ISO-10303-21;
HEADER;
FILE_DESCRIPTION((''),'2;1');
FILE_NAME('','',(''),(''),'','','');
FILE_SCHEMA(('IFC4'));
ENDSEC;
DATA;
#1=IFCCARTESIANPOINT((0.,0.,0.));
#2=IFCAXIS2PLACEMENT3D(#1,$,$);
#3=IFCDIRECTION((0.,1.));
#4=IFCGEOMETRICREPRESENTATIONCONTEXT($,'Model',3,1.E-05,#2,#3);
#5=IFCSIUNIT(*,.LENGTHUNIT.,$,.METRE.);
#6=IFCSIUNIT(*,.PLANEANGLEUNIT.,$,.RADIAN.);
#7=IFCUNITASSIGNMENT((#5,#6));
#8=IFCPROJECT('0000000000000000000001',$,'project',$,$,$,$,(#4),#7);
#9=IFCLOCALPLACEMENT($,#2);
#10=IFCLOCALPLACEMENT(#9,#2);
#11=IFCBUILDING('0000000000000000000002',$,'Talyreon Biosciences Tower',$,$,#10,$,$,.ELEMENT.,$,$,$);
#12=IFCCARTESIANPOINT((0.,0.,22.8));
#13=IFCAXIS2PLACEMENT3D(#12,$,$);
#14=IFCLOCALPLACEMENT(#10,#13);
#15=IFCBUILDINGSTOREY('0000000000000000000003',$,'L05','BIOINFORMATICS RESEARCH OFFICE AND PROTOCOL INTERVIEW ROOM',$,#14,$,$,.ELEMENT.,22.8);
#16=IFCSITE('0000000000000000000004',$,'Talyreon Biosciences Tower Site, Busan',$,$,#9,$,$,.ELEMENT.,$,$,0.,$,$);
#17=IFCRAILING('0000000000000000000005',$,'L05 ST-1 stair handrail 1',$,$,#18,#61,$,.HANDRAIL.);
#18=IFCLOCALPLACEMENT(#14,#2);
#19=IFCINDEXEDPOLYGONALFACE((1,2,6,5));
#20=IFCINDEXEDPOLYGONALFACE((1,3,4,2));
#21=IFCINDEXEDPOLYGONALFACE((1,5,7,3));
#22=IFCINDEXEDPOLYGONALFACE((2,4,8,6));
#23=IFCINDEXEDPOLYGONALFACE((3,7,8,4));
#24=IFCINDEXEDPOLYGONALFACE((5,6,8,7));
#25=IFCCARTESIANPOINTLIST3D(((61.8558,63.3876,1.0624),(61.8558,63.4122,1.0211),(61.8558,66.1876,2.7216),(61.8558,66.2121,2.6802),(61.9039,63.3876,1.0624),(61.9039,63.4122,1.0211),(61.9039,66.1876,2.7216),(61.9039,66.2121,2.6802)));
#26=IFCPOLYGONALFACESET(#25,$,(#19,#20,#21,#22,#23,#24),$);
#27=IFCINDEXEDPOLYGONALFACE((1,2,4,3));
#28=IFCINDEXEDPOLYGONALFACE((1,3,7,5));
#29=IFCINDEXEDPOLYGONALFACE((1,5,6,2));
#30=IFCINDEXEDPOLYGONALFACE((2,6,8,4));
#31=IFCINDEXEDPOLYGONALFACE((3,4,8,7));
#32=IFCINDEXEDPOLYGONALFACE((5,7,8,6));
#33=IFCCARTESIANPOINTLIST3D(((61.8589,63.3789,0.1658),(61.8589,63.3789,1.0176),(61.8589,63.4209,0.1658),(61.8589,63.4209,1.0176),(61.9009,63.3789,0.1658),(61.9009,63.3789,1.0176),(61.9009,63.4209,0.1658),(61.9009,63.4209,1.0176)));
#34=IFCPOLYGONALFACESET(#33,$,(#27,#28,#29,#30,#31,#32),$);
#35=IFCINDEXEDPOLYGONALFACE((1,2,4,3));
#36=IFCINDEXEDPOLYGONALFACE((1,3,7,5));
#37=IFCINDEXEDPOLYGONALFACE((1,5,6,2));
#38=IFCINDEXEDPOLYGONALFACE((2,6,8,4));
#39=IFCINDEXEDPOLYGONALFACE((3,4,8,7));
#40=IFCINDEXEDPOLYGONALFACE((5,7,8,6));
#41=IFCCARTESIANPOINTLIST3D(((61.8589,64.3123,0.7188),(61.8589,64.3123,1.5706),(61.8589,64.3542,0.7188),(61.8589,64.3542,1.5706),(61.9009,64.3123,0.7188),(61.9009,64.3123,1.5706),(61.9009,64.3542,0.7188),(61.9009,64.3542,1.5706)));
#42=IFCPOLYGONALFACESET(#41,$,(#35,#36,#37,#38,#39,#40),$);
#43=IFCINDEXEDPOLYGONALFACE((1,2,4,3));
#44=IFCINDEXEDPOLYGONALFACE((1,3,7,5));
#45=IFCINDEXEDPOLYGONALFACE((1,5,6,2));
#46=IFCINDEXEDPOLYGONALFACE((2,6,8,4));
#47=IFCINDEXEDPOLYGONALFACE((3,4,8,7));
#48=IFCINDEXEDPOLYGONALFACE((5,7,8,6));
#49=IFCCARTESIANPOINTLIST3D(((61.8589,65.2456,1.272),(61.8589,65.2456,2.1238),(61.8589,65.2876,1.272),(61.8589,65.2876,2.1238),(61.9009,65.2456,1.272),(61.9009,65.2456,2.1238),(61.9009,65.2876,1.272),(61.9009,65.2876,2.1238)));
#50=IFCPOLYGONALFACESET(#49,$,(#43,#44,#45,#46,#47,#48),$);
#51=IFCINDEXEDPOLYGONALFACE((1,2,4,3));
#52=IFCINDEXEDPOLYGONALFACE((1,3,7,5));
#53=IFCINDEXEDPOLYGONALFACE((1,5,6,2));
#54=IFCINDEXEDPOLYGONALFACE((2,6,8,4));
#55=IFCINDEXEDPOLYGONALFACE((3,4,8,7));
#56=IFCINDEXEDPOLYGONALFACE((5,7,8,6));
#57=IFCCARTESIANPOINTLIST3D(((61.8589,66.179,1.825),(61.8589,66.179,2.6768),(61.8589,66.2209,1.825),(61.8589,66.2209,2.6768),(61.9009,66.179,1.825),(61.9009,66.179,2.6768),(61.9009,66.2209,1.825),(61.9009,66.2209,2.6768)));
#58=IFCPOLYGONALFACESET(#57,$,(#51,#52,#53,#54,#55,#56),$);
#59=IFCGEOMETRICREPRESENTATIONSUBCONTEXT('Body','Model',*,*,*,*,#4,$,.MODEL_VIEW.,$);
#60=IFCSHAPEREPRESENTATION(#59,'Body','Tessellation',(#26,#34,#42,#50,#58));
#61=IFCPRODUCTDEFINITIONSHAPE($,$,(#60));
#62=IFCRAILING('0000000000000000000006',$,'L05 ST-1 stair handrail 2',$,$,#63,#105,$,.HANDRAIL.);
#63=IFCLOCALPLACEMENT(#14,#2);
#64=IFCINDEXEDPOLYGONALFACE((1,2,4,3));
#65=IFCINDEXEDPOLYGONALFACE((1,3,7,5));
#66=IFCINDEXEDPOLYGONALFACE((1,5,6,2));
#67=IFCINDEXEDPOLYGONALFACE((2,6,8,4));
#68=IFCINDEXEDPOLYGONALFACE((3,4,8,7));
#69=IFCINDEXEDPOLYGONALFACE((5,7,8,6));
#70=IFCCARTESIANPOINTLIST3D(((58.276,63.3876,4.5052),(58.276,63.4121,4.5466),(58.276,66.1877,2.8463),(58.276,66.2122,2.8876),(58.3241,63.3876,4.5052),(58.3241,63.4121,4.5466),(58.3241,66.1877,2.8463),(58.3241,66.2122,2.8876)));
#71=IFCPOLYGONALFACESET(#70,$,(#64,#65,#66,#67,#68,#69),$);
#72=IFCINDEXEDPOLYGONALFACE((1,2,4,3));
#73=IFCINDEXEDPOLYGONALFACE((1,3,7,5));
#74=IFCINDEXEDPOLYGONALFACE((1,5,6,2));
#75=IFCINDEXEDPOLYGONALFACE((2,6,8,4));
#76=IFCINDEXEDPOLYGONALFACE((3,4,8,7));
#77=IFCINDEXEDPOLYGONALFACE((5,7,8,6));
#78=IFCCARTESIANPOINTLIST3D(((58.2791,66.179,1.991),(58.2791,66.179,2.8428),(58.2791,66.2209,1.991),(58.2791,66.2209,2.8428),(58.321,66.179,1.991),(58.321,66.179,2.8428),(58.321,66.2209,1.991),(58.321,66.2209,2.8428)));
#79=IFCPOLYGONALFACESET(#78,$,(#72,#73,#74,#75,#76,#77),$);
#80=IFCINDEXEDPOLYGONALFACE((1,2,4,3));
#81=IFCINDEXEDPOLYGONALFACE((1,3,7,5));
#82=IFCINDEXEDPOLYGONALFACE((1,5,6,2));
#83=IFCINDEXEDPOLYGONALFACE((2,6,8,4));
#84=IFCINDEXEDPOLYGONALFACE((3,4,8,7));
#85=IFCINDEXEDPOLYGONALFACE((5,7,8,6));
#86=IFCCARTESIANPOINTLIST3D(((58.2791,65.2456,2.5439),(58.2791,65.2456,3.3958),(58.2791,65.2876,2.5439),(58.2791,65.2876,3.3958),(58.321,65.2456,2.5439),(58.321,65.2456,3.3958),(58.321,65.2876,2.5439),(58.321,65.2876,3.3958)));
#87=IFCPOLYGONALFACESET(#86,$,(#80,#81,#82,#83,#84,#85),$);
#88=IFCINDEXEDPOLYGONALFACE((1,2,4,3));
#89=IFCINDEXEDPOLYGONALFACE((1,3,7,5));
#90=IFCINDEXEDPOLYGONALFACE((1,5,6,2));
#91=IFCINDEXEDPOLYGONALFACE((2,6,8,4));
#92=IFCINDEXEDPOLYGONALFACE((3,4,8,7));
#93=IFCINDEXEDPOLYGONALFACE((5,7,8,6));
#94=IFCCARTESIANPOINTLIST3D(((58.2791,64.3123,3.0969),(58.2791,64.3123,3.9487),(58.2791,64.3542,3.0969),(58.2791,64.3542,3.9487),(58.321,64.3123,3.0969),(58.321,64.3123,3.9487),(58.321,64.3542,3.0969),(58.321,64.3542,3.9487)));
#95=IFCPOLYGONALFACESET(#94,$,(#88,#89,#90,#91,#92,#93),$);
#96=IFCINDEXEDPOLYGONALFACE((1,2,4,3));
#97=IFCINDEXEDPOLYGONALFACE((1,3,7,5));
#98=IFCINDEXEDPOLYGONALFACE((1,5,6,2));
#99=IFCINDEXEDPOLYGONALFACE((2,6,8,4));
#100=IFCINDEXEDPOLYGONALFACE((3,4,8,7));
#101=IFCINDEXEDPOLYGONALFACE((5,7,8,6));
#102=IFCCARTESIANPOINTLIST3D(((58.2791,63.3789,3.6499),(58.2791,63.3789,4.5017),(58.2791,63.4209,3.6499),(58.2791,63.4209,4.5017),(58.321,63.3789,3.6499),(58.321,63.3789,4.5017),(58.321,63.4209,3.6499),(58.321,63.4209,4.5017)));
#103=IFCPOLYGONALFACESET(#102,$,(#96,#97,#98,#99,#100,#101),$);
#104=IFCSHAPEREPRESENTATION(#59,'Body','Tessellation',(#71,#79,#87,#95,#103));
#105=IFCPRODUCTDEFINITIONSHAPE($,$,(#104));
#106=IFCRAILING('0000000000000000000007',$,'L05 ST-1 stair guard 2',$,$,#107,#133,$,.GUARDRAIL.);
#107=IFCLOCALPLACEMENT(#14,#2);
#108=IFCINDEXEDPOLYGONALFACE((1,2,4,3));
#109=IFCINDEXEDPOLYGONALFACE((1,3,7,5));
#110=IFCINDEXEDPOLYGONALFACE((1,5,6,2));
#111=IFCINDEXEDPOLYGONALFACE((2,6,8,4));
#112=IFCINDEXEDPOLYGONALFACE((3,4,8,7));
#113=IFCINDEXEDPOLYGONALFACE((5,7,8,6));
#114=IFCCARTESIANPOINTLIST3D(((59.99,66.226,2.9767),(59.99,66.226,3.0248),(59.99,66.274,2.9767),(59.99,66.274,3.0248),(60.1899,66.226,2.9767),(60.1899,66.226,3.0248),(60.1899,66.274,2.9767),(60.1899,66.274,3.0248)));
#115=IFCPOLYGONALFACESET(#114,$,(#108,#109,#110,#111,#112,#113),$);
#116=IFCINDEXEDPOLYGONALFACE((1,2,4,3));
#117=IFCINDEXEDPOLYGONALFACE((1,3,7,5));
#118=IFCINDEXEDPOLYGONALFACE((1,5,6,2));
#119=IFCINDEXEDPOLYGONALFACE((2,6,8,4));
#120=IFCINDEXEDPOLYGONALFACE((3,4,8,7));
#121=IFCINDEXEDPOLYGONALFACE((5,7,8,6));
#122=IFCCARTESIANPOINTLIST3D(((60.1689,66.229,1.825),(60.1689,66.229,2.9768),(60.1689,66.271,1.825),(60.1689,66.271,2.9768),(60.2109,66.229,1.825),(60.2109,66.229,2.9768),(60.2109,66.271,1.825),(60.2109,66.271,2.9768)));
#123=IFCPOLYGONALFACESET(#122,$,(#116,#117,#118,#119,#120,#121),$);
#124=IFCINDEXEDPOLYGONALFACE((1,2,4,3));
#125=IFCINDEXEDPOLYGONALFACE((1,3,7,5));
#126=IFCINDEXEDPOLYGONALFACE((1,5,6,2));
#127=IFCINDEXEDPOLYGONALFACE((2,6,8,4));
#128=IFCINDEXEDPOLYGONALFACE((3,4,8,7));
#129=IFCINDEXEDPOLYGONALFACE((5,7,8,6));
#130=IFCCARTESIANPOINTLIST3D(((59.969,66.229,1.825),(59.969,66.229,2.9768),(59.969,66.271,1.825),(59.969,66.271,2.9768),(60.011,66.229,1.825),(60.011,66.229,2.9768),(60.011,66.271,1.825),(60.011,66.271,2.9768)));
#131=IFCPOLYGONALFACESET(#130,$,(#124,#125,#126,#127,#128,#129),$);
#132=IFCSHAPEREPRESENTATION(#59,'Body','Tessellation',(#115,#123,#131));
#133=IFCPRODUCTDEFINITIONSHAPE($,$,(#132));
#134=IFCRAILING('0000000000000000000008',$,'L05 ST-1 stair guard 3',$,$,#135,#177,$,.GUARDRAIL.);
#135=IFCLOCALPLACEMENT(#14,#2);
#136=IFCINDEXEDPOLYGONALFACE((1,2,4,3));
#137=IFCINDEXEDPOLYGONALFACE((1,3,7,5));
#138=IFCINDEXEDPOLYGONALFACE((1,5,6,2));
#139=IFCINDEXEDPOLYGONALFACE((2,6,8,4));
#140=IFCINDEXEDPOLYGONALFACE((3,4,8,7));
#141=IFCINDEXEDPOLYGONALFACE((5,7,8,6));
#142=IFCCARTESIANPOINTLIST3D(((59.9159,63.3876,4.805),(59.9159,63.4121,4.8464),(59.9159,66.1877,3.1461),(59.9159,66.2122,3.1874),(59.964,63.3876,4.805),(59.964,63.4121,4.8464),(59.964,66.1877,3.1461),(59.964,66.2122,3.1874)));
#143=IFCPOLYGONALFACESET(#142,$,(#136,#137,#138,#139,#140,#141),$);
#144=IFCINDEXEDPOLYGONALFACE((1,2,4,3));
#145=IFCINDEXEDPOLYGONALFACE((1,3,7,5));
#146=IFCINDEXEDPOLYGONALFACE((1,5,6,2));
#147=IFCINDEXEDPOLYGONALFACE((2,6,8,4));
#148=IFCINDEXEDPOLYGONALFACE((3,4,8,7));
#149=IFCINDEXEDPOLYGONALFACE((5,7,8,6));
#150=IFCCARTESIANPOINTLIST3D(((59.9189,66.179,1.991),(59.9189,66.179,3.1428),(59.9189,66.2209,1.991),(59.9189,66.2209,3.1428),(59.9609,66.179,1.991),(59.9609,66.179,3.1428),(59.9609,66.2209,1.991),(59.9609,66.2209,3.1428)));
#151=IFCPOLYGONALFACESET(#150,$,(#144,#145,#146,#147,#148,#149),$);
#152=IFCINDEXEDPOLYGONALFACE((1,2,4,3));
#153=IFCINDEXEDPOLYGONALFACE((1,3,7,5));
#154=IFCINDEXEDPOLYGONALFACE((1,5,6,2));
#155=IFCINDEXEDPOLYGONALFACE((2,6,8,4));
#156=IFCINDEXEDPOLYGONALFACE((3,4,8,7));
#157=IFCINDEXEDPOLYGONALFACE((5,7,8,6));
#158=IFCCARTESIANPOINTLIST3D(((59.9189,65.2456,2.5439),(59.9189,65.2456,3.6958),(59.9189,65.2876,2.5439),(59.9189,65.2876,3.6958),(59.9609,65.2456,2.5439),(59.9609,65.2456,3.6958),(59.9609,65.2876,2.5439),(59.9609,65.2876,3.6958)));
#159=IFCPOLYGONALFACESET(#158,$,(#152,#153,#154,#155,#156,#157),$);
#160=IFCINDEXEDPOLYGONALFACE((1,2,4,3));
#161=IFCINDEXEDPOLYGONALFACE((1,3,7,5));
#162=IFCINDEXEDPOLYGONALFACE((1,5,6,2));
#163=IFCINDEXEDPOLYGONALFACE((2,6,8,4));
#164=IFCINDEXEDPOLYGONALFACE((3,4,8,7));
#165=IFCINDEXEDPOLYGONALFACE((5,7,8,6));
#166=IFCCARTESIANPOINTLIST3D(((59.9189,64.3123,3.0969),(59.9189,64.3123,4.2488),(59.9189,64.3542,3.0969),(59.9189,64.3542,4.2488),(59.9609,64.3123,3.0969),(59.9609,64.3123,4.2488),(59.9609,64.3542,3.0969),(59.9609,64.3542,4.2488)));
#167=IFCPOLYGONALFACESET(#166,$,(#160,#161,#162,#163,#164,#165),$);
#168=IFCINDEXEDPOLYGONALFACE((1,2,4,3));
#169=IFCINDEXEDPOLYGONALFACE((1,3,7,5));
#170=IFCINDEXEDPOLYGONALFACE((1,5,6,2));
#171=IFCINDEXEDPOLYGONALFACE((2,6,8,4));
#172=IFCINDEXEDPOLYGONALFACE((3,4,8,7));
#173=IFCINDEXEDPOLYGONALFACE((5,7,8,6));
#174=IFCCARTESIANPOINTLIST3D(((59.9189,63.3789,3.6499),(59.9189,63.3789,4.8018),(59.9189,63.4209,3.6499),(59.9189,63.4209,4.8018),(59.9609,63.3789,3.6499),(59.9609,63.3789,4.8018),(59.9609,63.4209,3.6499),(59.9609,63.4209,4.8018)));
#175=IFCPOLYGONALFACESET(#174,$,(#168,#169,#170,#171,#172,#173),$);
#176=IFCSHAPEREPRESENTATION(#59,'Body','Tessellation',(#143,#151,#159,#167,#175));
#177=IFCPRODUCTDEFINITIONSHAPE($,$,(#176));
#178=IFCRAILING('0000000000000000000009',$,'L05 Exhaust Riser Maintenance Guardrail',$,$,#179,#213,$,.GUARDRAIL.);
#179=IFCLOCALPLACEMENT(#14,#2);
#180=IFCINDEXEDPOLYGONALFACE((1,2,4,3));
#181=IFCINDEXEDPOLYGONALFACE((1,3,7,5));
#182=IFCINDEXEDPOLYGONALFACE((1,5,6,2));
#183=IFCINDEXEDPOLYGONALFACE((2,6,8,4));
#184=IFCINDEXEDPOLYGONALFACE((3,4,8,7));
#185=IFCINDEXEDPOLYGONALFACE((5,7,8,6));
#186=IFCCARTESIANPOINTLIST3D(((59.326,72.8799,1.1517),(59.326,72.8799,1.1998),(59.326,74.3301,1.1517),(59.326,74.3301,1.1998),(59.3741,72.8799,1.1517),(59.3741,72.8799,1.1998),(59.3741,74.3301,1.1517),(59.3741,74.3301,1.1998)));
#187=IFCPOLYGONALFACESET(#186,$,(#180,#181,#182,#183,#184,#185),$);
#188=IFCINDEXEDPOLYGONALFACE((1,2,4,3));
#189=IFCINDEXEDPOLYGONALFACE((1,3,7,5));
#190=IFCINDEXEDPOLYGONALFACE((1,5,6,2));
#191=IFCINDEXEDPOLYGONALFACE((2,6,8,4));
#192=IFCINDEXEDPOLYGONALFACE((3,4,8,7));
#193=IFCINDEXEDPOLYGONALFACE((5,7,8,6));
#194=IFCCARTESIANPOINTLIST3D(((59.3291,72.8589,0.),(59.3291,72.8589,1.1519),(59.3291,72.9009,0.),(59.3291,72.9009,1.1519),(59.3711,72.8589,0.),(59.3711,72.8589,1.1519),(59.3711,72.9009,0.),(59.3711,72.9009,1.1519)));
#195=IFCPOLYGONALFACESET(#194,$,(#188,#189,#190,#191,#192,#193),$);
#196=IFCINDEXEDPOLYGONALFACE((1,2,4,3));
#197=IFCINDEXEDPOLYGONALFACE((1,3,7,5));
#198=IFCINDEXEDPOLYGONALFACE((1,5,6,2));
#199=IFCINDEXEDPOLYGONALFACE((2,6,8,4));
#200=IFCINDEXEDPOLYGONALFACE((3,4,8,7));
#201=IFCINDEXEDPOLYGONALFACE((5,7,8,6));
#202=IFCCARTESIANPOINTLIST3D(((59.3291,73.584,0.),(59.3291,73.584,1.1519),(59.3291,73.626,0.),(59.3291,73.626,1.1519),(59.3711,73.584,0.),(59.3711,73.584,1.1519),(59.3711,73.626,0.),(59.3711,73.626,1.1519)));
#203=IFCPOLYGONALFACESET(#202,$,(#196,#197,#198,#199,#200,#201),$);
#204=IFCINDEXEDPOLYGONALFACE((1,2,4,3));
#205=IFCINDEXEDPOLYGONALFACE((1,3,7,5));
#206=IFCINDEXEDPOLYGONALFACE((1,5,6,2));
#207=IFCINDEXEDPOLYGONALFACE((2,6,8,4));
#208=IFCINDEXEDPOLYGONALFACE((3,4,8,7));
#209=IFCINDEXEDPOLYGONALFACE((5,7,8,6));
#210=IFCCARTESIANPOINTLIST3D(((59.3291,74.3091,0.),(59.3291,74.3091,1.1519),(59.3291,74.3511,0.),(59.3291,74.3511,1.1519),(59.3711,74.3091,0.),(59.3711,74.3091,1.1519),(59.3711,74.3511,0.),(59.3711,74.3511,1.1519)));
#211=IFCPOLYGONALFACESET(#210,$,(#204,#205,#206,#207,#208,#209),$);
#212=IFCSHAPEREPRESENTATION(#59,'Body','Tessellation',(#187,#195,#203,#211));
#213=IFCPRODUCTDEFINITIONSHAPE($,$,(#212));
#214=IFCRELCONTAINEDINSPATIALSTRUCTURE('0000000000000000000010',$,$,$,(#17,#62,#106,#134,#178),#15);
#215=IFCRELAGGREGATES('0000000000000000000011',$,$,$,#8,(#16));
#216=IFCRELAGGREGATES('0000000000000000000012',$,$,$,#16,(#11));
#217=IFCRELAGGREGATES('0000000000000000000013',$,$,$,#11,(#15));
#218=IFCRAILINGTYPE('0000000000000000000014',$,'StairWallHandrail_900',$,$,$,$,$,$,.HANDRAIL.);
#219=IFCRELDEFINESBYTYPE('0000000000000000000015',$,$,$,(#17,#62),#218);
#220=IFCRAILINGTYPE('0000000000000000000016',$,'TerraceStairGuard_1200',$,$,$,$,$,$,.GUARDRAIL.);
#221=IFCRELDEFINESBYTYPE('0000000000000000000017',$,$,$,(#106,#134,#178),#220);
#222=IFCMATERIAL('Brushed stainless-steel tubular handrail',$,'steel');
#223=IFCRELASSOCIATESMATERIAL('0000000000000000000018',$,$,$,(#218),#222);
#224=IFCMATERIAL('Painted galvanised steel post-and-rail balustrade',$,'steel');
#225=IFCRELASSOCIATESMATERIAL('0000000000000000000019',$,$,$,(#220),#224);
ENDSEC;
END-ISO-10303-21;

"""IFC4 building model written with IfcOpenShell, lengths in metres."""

from ifc_helpers import new_model, si_unit, direction, frame, origin, origin_2d, place, context, subcontext, project, spatial, rectangle, extrude, material, type_object, element, save


model = new_model("IFC4")

# Units and contexts
model_context = context("Model", 3, precision=1e-05, world=origin(), true_north=direction((0.0, 1.0)))
body_context = subcontext(model_context, "Body", "Model", "MODEL_VIEW")
ifc_project = project(units=[si_unit("LENGTHUNIT", "METRE"), si_unit("PLANEANGLEUNIT", "RADIAN")], contexts=[model_context])

# Site, building, storey
site_placement = place(None, origin())
site = spatial("IfcSite", under=ifc_project, at=site_placement, Name="Talyreon Biosciences Tower Site, Busan", CompositionType="ELEMENT", RefElevation=0.0)
building_placement = place(site_placement, origin())
building = spatial("IfcBuilding", under=site, at=building_placement, Name="Talyreon Biosciences Tower", CompositionType="ELEMENT")
storey_placement = place(building_placement, frame((0.0, 0.0, 22.8)))
storey = spatial("IfcBuildingStorey", under=building, at=storey_placement, Name="L05", Description="BIOINFORMATICS RESEARCH OFFICE AND PROTOCOL INTERVIEW ROOM", CompositionType="ELEMENT", Elevation=22.8)

# Railings
ifc_material_1 = material(Name="Brushed stainless-steel tubular handrail", Category="steel")
railing_type_1 = type_object("IfcRailingType", Name="StairWallHandrail_900", PredefinedType="HANDRAIL", material=ifc_material_1)
railing_1_placement = place(storey_placement, frame((61.8799, 63.3999, 0.1658)))
element("IfcRailing", 1, at=railing_1_placement, inside=storey, type_object=railing_type_1, Name="L05 ST-1 stair handrail 1", PredefinedType="HANDRAIL", context=body_context, shape_type="SweptSolid", body=[
    extrude(rectangle(XDim=0.0481, YDim=0.0481, at=origin_2d()), frame((0.0, 0.0, 0.876), z_axis=(0.0, 0.860306, 0.509778), x_axis=(-1.0, 0.0, 0.0)), (0.0, 0.0, 1.0), 3.2546),
    extrude(rectangle(XDim=0.042, YDim=0.042, at=origin_2d()), origin(), (0.0, 0.0, 1.0), 0.8518),
    extrude(rectangle(XDim=0.042, YDim=0.042, at=origin_2d()), frame((0.0, 0.9333, 0.553)), (0.0, 0.0, 1.0), 0.8518),
    extrude(rectangle(XDim=0.042, YDim=0.042, at=origin_2d()), frame((0.0, 1.8667, 1.1062)), (0.0, 0.0, 1.0), 0.8518),
    extrude(rectangle(XDim=0.042, YDim=0.042, at=origin_2d()), frame((0.0, 2.8, 1.6592)), (0.0, 0.0, 1.0), 0.8518),
])
railing_2_placement = place(storey_placement, frame((58.3, 66.2, 1.991)))
element("IfcRailing", 2, at=railing_2_placement, inside=storey, type_object=railing_type_1, Name="L05 ST-1 stair handrail 2", PredefinedType="HANDRAIL", context=body_context, shape_type="SweptSolid", body=[
    extrude(rectangle(XDim=0.0481, YDim=0.0481, at=origin_2d()), frame((0.0, 0.0, 0.876), z_axis=(0.0, -0.860339, 0.509722), x_axis=(1.0, 0.0, 0.0)), (0.0, 0.0, 1.0), 3.2546),
    extrude(rectangle(XDim=0.042, YDim=0.042, at=origin_2d()), origin(), (0.0, 0.0, 1.0), 0.8518),
    extrude(rectangle(XDim=0.042, YDim=0.042, at=origin_2d()), frame((0.0, -0.9333, 0.553)), (0.0, 0.0, 1.0), 0.8518),
    extrude(rectangle(XDim=0.042, YDim=0.042, at=origin_2d()), frame((0.0, -1.8667, 1.106)), (0.0, 0.0, 1.0), 0.8518),
    extrude(rectangle(XDim=0.042, YDim=0.042, at=origin_2d()), frame((0.0, -2.8, 1.6589)), (0.0, 0.0, 1.0), 0.8518),
])
ifc_material_2 = material(Name="Painted galvanised steel post-and-rail balustrade", Category="steel")
railing_type_2 = type_object("IfcRailingType", Name="TerraceStairGuard_1200", PredefinedType="GUARDRAIL", material=ifc_material_2)
railing_3_placement = place(storey_placement, frame((60.1899, 66.25, 1.825)))
element("IfcRailing", 3, at=railing_3_placement, inside=storey, type_object=railing_type_2, Name="L05 ST-1 stair guard 2", PredefinedType="GUARDRAIL", context=body_context, shape_type="SweptSolid", body=[
    extrude(rectangle(XDim=0.0481, YDim=0.0481, at=origin_2d()), frame((0.0, 0.0, 1.1758), z_axis=(-1.0, 0.0, 0.0), x_axis=(0.0, -1.0, 0.0)), (0.0, 0.0, 1.0), 0.2),
    extrude(rectangle(XDim=0.042, YDim=0.042, at=origin_2d()), origin(), (0.0, 0.0, 1.0), 1.1519),
    extrude(rectangle(XDim=0.042, YDim=0.042, at=origin_2d()), frame((-0.2, 0.0, 0.0)), (0.0, 0.0, 1.0), 1.1519),
])
railing_4_placement = place(storey_placement, frame((59.9399, 66.2, 1.991)))
element("IfcRailing", 4, at=railing_4_placement, inside=storey, type_object=railing_type_2, Name="L05 ST-1 stair guard 3", PredefinedType="GUARDRAIL", context=body_context, shape_type="SweptSolid", body=[
    extrude(rectangle(XDim=0.0481, YDim=0.0481, at=origin_2d()), frame((0.0, 0.0, 1.1758), z_axis=(0.0, -0.860339, 0.509722), x_axis=(1.0, 0.0, 0.0)), (0.0, 0.0, 1.0), 3.2546),
    extrude(rectangle(XDim=0.042, YDim=0.042, at=origin_2d()), origin(), (0.0, 0.0, 1.0), 1.1519),
    extrude(rectangle(XDim=0.042, YDim=0.042, at=origin_2d()), frame((0.0, -0.9333, 0.553)), (0.0, 0.0, 1.0), 1.1519),
    extrude(rectangle(XDim=0.042, YDim=0.042, at=origin_2d()), frame((0.0, -1.8667, 1.106)), (0.0, 0.0, 1.0), 1.1519),
    extrude(rectangle(XDim=0.042, YDim=0.042, at=origin_2d()), frame((0.0, -2.8, 1.6589)), (0.0, 0.0, 1.0), 1.1519),
])
railing_5_placement = place(storey_placement, frame((59.3501, 72.8799, 0.0)))
element("IfcRailing", 5, at=railing_5_placement, inside=storey, type_object=railing_type_2, Name="L05 Exhaust Riser Maintenance Guardrail", PredefinedType="GUARDRAIL", context=body_context, shape_type="SweptSolid", body=[
    extrude(rectangle(XDim=0.0481, YDim=0.0481, at=origin_2d()), frame((0.0, 0.0, 1.1758), z_axis=(0.0, 1.0, 0.0), x_axis=(-1.0, 0.0, 0.0)), (0.0, 0.0, 1.0), 1.4502),
    extrude(rectangle(XDim=0.042, YDim=0.042, at=origin_2d()), origin(), (0.0, 0.0, 1.0), 1.1519),
    extrude(rectangle(XDim=0.042, YDim=0.042, at=origin_2d()), frame((0.0, 0.7251, 0.0)), (0.0, 0.0, 1.0), 1.1519),
    extrude(rectangle(XDim=0.042, YDim=0.042, at=origin_2d()), frame((0.0, 1.4502, 0.0)), (0.0, 0.0, 1.0), 1.1519),
])

save(model, "model.ifc")
